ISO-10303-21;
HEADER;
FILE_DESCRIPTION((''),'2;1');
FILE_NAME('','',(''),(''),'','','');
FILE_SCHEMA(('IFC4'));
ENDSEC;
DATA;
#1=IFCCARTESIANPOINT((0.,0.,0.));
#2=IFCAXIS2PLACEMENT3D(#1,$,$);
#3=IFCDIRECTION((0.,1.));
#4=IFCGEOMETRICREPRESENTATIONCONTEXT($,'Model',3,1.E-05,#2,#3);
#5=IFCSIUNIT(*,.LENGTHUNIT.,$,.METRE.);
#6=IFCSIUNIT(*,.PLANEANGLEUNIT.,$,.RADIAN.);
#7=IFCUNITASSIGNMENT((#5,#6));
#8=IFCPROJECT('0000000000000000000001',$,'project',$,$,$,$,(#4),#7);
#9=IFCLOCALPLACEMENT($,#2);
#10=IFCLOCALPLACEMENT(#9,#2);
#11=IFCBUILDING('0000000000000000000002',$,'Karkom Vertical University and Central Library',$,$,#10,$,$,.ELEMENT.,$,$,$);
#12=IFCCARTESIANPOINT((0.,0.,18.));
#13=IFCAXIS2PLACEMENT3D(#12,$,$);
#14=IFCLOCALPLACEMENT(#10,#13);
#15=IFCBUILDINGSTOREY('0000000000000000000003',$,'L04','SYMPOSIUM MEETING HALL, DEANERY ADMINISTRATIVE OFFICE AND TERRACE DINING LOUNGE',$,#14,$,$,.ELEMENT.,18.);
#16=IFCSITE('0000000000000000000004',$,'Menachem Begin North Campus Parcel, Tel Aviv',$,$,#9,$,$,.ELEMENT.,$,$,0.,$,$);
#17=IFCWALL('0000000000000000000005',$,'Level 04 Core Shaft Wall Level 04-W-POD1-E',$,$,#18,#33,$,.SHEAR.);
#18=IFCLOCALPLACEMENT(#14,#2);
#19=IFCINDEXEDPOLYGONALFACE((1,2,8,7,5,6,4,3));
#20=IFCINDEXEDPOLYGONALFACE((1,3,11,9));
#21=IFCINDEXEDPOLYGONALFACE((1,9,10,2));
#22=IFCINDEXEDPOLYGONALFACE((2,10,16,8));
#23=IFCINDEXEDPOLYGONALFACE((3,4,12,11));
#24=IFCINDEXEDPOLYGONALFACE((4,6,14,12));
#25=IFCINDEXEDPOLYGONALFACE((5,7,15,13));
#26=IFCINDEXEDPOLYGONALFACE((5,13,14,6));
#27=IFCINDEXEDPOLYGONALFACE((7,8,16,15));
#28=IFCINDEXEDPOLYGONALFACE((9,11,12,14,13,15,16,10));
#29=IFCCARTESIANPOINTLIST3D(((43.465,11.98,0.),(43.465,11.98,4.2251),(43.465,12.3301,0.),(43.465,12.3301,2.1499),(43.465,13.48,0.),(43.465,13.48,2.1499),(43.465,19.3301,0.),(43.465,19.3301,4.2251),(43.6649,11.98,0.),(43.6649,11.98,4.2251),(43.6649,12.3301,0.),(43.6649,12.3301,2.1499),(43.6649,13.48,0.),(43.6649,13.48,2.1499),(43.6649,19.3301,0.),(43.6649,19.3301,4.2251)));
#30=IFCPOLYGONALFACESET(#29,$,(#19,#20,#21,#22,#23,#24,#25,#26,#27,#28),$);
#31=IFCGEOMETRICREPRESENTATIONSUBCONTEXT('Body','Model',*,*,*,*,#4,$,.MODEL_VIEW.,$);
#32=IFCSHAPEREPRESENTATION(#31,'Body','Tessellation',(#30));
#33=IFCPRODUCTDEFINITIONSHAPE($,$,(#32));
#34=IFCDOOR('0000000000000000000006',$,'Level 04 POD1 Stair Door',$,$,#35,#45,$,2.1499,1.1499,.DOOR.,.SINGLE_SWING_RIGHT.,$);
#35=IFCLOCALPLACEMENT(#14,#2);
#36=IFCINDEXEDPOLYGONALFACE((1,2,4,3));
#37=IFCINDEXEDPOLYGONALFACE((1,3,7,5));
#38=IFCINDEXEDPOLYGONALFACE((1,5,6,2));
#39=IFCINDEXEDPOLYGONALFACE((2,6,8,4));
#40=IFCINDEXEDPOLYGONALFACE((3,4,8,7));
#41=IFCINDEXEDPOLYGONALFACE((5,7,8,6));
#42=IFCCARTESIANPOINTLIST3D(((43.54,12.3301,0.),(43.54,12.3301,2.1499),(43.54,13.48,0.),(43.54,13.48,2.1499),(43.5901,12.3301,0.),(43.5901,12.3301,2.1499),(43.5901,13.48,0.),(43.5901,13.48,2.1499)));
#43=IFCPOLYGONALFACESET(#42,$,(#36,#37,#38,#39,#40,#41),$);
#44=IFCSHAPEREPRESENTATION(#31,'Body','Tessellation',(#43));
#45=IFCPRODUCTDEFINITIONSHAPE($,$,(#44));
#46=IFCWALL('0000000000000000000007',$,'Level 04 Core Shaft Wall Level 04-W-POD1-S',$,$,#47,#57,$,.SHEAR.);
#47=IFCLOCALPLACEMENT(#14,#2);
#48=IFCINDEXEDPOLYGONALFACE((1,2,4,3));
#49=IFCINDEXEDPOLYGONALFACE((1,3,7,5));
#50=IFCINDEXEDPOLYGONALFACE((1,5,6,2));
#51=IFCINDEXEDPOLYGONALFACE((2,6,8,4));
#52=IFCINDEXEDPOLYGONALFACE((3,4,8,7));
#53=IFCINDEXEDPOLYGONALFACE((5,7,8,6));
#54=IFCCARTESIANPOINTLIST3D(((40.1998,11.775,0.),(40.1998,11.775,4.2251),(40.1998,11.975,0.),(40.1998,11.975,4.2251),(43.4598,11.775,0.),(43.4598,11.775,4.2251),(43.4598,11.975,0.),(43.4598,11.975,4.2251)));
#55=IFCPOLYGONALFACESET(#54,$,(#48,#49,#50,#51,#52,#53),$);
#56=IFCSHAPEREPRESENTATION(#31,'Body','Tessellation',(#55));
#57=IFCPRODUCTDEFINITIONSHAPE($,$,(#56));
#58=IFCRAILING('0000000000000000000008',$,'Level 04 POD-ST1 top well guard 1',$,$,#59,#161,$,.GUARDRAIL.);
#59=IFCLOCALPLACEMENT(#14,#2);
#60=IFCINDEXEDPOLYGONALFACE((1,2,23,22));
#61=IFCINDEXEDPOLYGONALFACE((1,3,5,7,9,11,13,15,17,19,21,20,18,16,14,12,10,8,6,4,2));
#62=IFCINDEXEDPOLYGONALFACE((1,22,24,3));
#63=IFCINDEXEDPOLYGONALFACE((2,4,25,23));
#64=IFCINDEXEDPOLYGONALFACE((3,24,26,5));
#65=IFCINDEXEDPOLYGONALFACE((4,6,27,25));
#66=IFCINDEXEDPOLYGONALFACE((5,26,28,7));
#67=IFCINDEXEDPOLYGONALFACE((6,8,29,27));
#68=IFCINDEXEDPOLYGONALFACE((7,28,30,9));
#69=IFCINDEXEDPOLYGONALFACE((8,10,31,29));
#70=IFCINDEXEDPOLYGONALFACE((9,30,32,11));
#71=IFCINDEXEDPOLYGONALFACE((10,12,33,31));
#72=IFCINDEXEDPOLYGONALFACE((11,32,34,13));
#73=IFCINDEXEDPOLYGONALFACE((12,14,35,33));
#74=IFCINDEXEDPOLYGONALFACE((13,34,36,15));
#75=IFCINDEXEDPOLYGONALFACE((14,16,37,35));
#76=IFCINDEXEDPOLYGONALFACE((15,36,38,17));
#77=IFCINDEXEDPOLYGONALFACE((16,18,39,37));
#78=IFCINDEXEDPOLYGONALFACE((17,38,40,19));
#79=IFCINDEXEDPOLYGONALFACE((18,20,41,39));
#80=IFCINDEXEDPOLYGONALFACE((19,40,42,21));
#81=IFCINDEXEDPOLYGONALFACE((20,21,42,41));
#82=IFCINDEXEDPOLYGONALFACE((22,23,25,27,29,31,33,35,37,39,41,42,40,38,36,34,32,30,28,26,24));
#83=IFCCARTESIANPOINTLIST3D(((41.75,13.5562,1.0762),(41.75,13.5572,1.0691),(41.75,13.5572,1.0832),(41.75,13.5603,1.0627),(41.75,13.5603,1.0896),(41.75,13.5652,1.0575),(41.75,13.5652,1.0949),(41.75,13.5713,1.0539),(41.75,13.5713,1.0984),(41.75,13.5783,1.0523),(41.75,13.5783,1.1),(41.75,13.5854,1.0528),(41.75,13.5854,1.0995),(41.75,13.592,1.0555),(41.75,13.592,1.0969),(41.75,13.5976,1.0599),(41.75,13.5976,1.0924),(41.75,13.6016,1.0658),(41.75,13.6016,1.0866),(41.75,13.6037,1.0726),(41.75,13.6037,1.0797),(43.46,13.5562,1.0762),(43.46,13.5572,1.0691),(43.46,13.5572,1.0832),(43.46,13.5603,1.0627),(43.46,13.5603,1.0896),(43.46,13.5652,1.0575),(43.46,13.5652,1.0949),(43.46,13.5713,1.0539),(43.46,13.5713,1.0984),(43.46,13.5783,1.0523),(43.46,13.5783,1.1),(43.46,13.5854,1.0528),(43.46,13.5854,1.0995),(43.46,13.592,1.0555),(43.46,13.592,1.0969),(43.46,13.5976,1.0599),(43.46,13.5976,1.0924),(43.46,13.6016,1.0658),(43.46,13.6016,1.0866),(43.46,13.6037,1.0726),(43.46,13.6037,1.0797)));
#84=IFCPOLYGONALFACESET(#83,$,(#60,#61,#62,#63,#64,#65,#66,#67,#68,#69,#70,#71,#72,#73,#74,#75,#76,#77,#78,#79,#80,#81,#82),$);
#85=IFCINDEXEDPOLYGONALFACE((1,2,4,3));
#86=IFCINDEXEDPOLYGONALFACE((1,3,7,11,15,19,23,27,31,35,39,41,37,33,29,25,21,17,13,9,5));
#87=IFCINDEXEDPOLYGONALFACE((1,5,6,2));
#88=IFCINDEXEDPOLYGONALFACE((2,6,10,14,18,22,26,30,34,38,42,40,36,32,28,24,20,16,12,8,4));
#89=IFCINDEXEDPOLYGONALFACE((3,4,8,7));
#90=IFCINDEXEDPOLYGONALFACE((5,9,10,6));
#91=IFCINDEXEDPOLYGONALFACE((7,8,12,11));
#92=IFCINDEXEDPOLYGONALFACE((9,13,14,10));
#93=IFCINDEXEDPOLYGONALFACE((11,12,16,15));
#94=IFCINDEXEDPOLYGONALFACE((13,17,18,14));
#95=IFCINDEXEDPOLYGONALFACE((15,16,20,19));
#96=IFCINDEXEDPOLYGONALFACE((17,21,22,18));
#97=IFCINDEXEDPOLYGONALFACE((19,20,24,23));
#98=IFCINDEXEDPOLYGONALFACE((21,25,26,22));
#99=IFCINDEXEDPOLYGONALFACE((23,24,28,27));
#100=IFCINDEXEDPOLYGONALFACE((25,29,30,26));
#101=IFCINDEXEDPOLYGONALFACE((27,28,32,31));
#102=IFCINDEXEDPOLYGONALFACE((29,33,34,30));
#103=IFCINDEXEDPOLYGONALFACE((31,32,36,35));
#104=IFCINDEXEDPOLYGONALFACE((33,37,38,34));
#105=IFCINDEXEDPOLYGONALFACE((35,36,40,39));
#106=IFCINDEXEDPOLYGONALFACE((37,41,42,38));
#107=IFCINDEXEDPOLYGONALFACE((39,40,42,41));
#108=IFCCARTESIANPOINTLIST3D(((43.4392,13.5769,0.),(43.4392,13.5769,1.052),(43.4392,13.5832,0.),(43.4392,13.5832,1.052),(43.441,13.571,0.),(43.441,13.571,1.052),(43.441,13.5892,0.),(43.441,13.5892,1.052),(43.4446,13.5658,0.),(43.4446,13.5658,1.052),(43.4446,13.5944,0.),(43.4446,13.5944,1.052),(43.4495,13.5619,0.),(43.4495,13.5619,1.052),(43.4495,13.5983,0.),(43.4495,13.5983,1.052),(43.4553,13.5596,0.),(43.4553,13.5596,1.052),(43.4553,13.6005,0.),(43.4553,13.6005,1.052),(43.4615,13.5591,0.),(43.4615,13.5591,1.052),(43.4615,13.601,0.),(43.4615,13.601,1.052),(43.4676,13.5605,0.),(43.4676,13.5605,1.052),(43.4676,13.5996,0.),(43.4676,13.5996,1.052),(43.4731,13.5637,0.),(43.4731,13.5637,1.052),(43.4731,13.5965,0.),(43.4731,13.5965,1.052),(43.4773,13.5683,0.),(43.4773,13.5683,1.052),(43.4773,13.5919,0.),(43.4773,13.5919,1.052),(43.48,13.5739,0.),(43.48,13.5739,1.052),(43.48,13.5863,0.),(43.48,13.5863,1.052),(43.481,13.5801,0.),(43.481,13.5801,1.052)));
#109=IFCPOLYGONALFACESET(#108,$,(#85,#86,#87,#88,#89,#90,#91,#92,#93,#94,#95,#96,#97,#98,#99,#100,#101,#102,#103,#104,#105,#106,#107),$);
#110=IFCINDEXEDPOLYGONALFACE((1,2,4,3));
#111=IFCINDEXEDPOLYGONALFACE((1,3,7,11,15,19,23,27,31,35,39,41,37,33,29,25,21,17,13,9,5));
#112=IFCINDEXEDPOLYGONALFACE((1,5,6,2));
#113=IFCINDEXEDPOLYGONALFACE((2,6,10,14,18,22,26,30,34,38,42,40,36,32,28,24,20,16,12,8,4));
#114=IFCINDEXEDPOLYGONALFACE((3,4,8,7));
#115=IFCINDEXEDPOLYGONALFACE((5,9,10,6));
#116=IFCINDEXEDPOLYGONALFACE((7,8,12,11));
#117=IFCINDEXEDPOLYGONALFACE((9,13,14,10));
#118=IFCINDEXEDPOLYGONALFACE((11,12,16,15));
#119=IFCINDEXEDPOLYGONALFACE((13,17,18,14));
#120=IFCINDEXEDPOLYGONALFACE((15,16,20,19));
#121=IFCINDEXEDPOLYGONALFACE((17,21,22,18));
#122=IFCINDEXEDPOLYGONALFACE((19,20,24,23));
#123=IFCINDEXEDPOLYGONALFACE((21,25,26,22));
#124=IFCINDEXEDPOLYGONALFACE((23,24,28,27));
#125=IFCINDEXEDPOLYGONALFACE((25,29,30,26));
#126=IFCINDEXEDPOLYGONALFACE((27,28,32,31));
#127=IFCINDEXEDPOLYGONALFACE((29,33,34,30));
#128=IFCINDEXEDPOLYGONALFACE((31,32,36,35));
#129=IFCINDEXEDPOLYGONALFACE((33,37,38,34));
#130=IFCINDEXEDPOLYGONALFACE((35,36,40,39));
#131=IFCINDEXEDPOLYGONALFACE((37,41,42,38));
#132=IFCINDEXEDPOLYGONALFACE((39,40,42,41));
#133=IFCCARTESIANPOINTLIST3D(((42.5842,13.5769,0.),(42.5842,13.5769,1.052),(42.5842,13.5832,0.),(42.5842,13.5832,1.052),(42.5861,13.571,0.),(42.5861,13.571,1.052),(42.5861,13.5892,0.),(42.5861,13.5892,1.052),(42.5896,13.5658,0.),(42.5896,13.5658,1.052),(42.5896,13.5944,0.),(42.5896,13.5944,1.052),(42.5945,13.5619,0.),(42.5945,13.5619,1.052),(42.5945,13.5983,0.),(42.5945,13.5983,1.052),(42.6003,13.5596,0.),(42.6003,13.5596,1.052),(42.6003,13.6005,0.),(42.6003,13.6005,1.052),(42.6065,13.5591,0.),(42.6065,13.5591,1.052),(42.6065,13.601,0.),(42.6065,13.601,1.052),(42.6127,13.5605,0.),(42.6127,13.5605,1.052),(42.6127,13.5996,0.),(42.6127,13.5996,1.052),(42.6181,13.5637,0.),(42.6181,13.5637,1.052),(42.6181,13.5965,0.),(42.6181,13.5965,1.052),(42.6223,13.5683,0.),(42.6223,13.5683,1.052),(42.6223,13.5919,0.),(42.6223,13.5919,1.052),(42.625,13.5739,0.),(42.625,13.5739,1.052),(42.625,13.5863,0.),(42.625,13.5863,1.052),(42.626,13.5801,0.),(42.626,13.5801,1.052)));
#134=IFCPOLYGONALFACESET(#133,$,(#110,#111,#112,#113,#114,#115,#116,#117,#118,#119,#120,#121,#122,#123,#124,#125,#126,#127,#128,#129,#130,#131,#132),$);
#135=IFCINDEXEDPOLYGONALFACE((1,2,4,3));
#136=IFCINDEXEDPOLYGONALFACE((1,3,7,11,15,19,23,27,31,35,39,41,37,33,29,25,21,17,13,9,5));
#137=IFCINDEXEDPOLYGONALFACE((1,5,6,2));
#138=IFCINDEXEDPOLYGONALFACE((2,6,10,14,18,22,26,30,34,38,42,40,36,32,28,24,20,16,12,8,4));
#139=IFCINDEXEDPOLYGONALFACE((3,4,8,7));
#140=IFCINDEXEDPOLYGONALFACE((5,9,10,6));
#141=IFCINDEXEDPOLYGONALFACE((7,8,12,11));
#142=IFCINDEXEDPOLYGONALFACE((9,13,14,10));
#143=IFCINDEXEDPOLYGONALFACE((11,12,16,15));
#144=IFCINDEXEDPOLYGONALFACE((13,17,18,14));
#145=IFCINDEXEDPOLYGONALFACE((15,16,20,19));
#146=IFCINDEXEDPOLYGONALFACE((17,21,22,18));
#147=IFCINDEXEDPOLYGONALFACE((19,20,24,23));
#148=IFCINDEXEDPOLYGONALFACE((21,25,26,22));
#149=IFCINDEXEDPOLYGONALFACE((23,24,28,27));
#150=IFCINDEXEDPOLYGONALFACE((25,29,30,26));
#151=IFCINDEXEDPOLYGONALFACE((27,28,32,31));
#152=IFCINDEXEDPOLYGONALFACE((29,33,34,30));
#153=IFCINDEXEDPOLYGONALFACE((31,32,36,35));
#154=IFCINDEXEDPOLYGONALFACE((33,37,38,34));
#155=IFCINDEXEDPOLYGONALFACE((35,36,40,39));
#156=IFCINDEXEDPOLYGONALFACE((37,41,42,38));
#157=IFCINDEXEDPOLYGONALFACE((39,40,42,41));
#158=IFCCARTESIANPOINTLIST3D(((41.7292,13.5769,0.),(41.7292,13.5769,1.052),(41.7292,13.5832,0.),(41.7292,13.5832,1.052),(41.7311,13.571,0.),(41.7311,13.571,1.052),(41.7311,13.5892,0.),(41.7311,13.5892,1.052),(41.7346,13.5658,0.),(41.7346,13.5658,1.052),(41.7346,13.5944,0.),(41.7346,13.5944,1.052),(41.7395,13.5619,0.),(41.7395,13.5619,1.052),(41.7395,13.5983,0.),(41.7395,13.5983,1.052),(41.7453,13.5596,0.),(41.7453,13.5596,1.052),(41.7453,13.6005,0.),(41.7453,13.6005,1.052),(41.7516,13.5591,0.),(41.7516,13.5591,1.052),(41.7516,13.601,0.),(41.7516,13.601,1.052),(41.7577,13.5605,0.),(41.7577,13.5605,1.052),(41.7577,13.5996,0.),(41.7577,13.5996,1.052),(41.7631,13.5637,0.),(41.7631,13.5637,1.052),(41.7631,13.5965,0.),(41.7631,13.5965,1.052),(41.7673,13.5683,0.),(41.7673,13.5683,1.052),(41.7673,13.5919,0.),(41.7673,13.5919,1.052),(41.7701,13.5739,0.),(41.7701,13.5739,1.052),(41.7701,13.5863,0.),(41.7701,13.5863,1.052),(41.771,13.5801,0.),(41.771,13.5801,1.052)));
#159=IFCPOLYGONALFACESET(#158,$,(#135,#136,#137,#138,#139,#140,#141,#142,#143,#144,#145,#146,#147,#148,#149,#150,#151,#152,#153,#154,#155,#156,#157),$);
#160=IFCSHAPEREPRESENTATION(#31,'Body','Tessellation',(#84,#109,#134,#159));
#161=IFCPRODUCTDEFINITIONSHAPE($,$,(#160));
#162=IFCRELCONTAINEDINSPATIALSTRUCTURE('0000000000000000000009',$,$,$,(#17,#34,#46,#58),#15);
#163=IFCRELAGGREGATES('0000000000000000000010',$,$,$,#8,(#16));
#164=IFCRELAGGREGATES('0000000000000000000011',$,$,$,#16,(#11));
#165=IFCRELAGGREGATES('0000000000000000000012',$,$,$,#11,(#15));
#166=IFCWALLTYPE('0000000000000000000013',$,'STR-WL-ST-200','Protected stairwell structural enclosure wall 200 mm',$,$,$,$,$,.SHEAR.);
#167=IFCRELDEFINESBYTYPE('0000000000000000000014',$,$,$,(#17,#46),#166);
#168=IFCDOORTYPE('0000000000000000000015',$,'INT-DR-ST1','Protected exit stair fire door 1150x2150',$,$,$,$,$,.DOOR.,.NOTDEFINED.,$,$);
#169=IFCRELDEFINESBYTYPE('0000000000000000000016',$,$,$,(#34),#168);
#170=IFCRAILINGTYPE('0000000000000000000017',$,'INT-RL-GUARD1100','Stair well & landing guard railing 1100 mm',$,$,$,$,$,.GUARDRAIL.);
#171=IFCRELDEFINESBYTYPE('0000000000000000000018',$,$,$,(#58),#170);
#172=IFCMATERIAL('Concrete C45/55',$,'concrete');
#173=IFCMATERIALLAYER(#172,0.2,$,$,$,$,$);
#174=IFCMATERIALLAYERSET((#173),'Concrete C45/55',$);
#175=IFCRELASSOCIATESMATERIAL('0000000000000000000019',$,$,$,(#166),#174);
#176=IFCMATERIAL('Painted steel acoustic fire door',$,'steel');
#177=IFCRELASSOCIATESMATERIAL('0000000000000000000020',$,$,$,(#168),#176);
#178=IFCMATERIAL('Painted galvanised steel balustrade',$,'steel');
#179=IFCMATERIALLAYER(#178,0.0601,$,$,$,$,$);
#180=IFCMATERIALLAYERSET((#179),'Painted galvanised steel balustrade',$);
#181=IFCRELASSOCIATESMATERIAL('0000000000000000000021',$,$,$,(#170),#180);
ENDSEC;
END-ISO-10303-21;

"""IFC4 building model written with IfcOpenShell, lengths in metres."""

from ifc_helpers import new_model, si_unit, direction, frame, frame_2d, origin, origin_with_axes, origin_2d, place, context, subcontext, project, spatial, rectangle, circle, extrude, source, transform, mapped, material, layer, layer_set, type_object, element, fill, save


model = new_model("IFC4")

# Units and contexts
model_context = context("Model", 3, precision=1e-05, world=origin(), true_north=direction((0.0, 1.0)))
body_context = subcontext(model_context, "Body", "Model", "MODEL_VIEW")
ifc_project = project(units=[si_unit("LENGTHUNIT", "METRE"), si_unit("PLANEANGLEUNIT", "RADIAN")], contexts=[model_context])

# Site, building, storey
site_placement = place(None, origin())
site = spatial("IfcSite", under=ifc_project, at=site_placement, Name="Menachem Begin North Campus Parcel, Tel Aviv", CompositionType="ELEMENT", RefElevation=0.0)
building_placement = place(site_placement, origin())
building = spatial("IfcBuilding", under=site, at=building_placement, Name="Karkom Vertical University and Central Library", CompositionType="ELEMENT")
storey_placement = place(building_placement, frame((0.0, 0.0, 18.0)))
storey = spatial("IfcBuildingStorey", under=building, at=storey_placement, Name="L04", Description="SYMPOSIUM MEETING HALL, DEANERY ADMINISTRATIVE OFFICE AND TERRACE DINING LOUNGE", CompositionType="ELEMENT", Elevation=18.0)

# Shared definitions
ifc_material_1 = material(Name="Concrete C45/55", Category="concrete")
ifc_layer_1 = layer(ifc_material_1, 0.2)
ifc_layer_set_1 = layer_set([ifc_layer_1], Name="Concrete C45/55")
wall_type_1 = type_object("IfcWallType", Name="STR-WL-ST-200", Description="Protected stairwell structural enclosure wall 200 mm", PredefinedType="SHEAR", material=ifc_layer_set_1)

# Wall, opening, door
wall_1_placement = place(storey_placement, frame((43.5649, 11.98, 0.0), z_axis=(0.0, 0.0, 1.0), x_axis=(0.0, 1.0, 0.0)))
wall_1 = element("IfcWall", 1, at=wall_1_placement, inside=storey, type_object=wall_type_1, Name="Level 04 Core Shaft Wall Level 04-W-POD1-E", PredefinedType="SHEAR", context=body_context, shape_type="SweptSolid", body=[
    extrude(rectangle(XDim=7.3501, YDim=0.2, at=frame_2d((3.675, 0.0))), origin(), (0.0, 0.0, 1.0), 4.2251),
])
opening_1_placement = place(wall_1_placement, frame((0.3501, 0.0, 0.0)))
opening_1 = element("IfcOpeningElement", 2, at=opening_1_placement, cuts=wall_1, PredefinedType="OPENING", context=body_context, shape_type="SweptSolid", body=[
    extrude(rectangle(XDim=1.1499, YDim=2.1499, at=frame_2d((0.575, 1.075))), frame((0.0, 0.1099, 0.0), z_axis=(0.0, -1.0, 0.0), x_axis=(1.0, 0.0, 0.0)), (0.0, 0.0, 1.0), 0.22),
])
ifc_material_2 = material(Name="Painted steel acoustic fire door", Category="steel")
door_type_1 = type_object("IfcDoorType", Name="INT-DR-ST1", Description="Protected exit stair fire door 1150x2150", OperationType="NOTDEFINED", PredefinedType="DOOR", material=ifc_material_2)
shared_shape_1 = source(origin_with_axes(), body_context, "Body", "SweptSolid", [
    extrude(rectangle(XDim=1.1499, YDim=2.1499, at=frame_2d((0.575, 1.075))), frame((0.0, 0.0249, 0.0), z_axis=(0.0, -1.0, 0.0), x_axis=(1.0, 0.0, 0.0)), (0.0, 0.0, 1.0), 0.05),
])
door_1_placement = place(opening_1_placement, origin())
door_1 = element("IfcDoor", 3, at=door_1_placement, inside=storey, type_object=door_type_1, Name="Level 04 POD1 Stair Door", OperationType="SINGLE_SWING_RIGHT", OverallHeight=2.1499, OverallWidth=1.1499, PredefinedType="DOOR", context=body_context, shape_type="MappedRepresentation", body=[
    mapped(shared_shape_1, transform((0.0, 0.0, 0.0), scale=1.0)),
])
fill(opening_1, door_1)

# Wall
wall_2_placement = place(storey_placement, frame((40.2, 11.875, 0.0), z_axis=(0.0, 0.0, 1.0), x_axis=(1.0, 0.0, 0.0)))
element("IfcWall", 4, at=wall_2_placement, inside=storey, type_object=wall_type_1, Name="Level 04 Core Shaft Wall Level 04-W-POD1-S", PredefinedType="SHEAR", context=body_context, shape_type="SweptSolid", body=[
    extrude(rectangle(XDim=3.26, YDim=0.2, at=frame_2d((1.6299, 0.0))), origin(), (0.0, 0.0, 1.0), 4.2251),
])

# Railing
ifc_material_3 = material(Name="Painted galvanised steel balustrade", Category="steel")
ifc_layer_2 = layer(ifc_material_3, 0.0601)
ifc_layer_set_2 = layer_set([ifc_layer_2], Name="Painted galvanised steel balustrade")
railing_type = type_object("IfcRailingType", Name="INT-RL-GUARD1100", Description="Stair well & landing guard railing 1100 mm", PredefinedType="GUARDRAIL", material=ifc_layer_set_2)
railing_placement = place(storey_placement, frame((43.46, 13.5801, 0.0)))
element("IfcRailing", 5, at=railing_placement, inside=storey, type_object=railing_type, Name="Level 04 POD-ST1 top well guard 1", PredefinedType="GUARDRAIL", context=body_context, shape_type="SweptSolid", body=[
    extrude(circle(Radius=0.0239, at=origin_2d()), frame((0.0, 0.0, 1.0762), z_axis=(-1.0, 0.0, 0.0), x_axis=(0.0, -1.0, 0.0)), (0.0, 0.0, 1.0), 1.71),
    extrude(circle(Radius=0.021, at=origin_2d()), origin(), (0.0, 0.0, 1.0), 1.052),
    extrude(circle(Radius=0.021, at=origin_2d()), frame((-0.855, 0.0, 0.0)), (0.0, 0.0, 1.0), 1.052),
    extrude(circle(Radius=0.021, at=origin_2d()), frame((-1.71, 0.0, 0.0)), (0.0, 0.0, 1.0), 1.052),
])

save(model, "model.ifc")
